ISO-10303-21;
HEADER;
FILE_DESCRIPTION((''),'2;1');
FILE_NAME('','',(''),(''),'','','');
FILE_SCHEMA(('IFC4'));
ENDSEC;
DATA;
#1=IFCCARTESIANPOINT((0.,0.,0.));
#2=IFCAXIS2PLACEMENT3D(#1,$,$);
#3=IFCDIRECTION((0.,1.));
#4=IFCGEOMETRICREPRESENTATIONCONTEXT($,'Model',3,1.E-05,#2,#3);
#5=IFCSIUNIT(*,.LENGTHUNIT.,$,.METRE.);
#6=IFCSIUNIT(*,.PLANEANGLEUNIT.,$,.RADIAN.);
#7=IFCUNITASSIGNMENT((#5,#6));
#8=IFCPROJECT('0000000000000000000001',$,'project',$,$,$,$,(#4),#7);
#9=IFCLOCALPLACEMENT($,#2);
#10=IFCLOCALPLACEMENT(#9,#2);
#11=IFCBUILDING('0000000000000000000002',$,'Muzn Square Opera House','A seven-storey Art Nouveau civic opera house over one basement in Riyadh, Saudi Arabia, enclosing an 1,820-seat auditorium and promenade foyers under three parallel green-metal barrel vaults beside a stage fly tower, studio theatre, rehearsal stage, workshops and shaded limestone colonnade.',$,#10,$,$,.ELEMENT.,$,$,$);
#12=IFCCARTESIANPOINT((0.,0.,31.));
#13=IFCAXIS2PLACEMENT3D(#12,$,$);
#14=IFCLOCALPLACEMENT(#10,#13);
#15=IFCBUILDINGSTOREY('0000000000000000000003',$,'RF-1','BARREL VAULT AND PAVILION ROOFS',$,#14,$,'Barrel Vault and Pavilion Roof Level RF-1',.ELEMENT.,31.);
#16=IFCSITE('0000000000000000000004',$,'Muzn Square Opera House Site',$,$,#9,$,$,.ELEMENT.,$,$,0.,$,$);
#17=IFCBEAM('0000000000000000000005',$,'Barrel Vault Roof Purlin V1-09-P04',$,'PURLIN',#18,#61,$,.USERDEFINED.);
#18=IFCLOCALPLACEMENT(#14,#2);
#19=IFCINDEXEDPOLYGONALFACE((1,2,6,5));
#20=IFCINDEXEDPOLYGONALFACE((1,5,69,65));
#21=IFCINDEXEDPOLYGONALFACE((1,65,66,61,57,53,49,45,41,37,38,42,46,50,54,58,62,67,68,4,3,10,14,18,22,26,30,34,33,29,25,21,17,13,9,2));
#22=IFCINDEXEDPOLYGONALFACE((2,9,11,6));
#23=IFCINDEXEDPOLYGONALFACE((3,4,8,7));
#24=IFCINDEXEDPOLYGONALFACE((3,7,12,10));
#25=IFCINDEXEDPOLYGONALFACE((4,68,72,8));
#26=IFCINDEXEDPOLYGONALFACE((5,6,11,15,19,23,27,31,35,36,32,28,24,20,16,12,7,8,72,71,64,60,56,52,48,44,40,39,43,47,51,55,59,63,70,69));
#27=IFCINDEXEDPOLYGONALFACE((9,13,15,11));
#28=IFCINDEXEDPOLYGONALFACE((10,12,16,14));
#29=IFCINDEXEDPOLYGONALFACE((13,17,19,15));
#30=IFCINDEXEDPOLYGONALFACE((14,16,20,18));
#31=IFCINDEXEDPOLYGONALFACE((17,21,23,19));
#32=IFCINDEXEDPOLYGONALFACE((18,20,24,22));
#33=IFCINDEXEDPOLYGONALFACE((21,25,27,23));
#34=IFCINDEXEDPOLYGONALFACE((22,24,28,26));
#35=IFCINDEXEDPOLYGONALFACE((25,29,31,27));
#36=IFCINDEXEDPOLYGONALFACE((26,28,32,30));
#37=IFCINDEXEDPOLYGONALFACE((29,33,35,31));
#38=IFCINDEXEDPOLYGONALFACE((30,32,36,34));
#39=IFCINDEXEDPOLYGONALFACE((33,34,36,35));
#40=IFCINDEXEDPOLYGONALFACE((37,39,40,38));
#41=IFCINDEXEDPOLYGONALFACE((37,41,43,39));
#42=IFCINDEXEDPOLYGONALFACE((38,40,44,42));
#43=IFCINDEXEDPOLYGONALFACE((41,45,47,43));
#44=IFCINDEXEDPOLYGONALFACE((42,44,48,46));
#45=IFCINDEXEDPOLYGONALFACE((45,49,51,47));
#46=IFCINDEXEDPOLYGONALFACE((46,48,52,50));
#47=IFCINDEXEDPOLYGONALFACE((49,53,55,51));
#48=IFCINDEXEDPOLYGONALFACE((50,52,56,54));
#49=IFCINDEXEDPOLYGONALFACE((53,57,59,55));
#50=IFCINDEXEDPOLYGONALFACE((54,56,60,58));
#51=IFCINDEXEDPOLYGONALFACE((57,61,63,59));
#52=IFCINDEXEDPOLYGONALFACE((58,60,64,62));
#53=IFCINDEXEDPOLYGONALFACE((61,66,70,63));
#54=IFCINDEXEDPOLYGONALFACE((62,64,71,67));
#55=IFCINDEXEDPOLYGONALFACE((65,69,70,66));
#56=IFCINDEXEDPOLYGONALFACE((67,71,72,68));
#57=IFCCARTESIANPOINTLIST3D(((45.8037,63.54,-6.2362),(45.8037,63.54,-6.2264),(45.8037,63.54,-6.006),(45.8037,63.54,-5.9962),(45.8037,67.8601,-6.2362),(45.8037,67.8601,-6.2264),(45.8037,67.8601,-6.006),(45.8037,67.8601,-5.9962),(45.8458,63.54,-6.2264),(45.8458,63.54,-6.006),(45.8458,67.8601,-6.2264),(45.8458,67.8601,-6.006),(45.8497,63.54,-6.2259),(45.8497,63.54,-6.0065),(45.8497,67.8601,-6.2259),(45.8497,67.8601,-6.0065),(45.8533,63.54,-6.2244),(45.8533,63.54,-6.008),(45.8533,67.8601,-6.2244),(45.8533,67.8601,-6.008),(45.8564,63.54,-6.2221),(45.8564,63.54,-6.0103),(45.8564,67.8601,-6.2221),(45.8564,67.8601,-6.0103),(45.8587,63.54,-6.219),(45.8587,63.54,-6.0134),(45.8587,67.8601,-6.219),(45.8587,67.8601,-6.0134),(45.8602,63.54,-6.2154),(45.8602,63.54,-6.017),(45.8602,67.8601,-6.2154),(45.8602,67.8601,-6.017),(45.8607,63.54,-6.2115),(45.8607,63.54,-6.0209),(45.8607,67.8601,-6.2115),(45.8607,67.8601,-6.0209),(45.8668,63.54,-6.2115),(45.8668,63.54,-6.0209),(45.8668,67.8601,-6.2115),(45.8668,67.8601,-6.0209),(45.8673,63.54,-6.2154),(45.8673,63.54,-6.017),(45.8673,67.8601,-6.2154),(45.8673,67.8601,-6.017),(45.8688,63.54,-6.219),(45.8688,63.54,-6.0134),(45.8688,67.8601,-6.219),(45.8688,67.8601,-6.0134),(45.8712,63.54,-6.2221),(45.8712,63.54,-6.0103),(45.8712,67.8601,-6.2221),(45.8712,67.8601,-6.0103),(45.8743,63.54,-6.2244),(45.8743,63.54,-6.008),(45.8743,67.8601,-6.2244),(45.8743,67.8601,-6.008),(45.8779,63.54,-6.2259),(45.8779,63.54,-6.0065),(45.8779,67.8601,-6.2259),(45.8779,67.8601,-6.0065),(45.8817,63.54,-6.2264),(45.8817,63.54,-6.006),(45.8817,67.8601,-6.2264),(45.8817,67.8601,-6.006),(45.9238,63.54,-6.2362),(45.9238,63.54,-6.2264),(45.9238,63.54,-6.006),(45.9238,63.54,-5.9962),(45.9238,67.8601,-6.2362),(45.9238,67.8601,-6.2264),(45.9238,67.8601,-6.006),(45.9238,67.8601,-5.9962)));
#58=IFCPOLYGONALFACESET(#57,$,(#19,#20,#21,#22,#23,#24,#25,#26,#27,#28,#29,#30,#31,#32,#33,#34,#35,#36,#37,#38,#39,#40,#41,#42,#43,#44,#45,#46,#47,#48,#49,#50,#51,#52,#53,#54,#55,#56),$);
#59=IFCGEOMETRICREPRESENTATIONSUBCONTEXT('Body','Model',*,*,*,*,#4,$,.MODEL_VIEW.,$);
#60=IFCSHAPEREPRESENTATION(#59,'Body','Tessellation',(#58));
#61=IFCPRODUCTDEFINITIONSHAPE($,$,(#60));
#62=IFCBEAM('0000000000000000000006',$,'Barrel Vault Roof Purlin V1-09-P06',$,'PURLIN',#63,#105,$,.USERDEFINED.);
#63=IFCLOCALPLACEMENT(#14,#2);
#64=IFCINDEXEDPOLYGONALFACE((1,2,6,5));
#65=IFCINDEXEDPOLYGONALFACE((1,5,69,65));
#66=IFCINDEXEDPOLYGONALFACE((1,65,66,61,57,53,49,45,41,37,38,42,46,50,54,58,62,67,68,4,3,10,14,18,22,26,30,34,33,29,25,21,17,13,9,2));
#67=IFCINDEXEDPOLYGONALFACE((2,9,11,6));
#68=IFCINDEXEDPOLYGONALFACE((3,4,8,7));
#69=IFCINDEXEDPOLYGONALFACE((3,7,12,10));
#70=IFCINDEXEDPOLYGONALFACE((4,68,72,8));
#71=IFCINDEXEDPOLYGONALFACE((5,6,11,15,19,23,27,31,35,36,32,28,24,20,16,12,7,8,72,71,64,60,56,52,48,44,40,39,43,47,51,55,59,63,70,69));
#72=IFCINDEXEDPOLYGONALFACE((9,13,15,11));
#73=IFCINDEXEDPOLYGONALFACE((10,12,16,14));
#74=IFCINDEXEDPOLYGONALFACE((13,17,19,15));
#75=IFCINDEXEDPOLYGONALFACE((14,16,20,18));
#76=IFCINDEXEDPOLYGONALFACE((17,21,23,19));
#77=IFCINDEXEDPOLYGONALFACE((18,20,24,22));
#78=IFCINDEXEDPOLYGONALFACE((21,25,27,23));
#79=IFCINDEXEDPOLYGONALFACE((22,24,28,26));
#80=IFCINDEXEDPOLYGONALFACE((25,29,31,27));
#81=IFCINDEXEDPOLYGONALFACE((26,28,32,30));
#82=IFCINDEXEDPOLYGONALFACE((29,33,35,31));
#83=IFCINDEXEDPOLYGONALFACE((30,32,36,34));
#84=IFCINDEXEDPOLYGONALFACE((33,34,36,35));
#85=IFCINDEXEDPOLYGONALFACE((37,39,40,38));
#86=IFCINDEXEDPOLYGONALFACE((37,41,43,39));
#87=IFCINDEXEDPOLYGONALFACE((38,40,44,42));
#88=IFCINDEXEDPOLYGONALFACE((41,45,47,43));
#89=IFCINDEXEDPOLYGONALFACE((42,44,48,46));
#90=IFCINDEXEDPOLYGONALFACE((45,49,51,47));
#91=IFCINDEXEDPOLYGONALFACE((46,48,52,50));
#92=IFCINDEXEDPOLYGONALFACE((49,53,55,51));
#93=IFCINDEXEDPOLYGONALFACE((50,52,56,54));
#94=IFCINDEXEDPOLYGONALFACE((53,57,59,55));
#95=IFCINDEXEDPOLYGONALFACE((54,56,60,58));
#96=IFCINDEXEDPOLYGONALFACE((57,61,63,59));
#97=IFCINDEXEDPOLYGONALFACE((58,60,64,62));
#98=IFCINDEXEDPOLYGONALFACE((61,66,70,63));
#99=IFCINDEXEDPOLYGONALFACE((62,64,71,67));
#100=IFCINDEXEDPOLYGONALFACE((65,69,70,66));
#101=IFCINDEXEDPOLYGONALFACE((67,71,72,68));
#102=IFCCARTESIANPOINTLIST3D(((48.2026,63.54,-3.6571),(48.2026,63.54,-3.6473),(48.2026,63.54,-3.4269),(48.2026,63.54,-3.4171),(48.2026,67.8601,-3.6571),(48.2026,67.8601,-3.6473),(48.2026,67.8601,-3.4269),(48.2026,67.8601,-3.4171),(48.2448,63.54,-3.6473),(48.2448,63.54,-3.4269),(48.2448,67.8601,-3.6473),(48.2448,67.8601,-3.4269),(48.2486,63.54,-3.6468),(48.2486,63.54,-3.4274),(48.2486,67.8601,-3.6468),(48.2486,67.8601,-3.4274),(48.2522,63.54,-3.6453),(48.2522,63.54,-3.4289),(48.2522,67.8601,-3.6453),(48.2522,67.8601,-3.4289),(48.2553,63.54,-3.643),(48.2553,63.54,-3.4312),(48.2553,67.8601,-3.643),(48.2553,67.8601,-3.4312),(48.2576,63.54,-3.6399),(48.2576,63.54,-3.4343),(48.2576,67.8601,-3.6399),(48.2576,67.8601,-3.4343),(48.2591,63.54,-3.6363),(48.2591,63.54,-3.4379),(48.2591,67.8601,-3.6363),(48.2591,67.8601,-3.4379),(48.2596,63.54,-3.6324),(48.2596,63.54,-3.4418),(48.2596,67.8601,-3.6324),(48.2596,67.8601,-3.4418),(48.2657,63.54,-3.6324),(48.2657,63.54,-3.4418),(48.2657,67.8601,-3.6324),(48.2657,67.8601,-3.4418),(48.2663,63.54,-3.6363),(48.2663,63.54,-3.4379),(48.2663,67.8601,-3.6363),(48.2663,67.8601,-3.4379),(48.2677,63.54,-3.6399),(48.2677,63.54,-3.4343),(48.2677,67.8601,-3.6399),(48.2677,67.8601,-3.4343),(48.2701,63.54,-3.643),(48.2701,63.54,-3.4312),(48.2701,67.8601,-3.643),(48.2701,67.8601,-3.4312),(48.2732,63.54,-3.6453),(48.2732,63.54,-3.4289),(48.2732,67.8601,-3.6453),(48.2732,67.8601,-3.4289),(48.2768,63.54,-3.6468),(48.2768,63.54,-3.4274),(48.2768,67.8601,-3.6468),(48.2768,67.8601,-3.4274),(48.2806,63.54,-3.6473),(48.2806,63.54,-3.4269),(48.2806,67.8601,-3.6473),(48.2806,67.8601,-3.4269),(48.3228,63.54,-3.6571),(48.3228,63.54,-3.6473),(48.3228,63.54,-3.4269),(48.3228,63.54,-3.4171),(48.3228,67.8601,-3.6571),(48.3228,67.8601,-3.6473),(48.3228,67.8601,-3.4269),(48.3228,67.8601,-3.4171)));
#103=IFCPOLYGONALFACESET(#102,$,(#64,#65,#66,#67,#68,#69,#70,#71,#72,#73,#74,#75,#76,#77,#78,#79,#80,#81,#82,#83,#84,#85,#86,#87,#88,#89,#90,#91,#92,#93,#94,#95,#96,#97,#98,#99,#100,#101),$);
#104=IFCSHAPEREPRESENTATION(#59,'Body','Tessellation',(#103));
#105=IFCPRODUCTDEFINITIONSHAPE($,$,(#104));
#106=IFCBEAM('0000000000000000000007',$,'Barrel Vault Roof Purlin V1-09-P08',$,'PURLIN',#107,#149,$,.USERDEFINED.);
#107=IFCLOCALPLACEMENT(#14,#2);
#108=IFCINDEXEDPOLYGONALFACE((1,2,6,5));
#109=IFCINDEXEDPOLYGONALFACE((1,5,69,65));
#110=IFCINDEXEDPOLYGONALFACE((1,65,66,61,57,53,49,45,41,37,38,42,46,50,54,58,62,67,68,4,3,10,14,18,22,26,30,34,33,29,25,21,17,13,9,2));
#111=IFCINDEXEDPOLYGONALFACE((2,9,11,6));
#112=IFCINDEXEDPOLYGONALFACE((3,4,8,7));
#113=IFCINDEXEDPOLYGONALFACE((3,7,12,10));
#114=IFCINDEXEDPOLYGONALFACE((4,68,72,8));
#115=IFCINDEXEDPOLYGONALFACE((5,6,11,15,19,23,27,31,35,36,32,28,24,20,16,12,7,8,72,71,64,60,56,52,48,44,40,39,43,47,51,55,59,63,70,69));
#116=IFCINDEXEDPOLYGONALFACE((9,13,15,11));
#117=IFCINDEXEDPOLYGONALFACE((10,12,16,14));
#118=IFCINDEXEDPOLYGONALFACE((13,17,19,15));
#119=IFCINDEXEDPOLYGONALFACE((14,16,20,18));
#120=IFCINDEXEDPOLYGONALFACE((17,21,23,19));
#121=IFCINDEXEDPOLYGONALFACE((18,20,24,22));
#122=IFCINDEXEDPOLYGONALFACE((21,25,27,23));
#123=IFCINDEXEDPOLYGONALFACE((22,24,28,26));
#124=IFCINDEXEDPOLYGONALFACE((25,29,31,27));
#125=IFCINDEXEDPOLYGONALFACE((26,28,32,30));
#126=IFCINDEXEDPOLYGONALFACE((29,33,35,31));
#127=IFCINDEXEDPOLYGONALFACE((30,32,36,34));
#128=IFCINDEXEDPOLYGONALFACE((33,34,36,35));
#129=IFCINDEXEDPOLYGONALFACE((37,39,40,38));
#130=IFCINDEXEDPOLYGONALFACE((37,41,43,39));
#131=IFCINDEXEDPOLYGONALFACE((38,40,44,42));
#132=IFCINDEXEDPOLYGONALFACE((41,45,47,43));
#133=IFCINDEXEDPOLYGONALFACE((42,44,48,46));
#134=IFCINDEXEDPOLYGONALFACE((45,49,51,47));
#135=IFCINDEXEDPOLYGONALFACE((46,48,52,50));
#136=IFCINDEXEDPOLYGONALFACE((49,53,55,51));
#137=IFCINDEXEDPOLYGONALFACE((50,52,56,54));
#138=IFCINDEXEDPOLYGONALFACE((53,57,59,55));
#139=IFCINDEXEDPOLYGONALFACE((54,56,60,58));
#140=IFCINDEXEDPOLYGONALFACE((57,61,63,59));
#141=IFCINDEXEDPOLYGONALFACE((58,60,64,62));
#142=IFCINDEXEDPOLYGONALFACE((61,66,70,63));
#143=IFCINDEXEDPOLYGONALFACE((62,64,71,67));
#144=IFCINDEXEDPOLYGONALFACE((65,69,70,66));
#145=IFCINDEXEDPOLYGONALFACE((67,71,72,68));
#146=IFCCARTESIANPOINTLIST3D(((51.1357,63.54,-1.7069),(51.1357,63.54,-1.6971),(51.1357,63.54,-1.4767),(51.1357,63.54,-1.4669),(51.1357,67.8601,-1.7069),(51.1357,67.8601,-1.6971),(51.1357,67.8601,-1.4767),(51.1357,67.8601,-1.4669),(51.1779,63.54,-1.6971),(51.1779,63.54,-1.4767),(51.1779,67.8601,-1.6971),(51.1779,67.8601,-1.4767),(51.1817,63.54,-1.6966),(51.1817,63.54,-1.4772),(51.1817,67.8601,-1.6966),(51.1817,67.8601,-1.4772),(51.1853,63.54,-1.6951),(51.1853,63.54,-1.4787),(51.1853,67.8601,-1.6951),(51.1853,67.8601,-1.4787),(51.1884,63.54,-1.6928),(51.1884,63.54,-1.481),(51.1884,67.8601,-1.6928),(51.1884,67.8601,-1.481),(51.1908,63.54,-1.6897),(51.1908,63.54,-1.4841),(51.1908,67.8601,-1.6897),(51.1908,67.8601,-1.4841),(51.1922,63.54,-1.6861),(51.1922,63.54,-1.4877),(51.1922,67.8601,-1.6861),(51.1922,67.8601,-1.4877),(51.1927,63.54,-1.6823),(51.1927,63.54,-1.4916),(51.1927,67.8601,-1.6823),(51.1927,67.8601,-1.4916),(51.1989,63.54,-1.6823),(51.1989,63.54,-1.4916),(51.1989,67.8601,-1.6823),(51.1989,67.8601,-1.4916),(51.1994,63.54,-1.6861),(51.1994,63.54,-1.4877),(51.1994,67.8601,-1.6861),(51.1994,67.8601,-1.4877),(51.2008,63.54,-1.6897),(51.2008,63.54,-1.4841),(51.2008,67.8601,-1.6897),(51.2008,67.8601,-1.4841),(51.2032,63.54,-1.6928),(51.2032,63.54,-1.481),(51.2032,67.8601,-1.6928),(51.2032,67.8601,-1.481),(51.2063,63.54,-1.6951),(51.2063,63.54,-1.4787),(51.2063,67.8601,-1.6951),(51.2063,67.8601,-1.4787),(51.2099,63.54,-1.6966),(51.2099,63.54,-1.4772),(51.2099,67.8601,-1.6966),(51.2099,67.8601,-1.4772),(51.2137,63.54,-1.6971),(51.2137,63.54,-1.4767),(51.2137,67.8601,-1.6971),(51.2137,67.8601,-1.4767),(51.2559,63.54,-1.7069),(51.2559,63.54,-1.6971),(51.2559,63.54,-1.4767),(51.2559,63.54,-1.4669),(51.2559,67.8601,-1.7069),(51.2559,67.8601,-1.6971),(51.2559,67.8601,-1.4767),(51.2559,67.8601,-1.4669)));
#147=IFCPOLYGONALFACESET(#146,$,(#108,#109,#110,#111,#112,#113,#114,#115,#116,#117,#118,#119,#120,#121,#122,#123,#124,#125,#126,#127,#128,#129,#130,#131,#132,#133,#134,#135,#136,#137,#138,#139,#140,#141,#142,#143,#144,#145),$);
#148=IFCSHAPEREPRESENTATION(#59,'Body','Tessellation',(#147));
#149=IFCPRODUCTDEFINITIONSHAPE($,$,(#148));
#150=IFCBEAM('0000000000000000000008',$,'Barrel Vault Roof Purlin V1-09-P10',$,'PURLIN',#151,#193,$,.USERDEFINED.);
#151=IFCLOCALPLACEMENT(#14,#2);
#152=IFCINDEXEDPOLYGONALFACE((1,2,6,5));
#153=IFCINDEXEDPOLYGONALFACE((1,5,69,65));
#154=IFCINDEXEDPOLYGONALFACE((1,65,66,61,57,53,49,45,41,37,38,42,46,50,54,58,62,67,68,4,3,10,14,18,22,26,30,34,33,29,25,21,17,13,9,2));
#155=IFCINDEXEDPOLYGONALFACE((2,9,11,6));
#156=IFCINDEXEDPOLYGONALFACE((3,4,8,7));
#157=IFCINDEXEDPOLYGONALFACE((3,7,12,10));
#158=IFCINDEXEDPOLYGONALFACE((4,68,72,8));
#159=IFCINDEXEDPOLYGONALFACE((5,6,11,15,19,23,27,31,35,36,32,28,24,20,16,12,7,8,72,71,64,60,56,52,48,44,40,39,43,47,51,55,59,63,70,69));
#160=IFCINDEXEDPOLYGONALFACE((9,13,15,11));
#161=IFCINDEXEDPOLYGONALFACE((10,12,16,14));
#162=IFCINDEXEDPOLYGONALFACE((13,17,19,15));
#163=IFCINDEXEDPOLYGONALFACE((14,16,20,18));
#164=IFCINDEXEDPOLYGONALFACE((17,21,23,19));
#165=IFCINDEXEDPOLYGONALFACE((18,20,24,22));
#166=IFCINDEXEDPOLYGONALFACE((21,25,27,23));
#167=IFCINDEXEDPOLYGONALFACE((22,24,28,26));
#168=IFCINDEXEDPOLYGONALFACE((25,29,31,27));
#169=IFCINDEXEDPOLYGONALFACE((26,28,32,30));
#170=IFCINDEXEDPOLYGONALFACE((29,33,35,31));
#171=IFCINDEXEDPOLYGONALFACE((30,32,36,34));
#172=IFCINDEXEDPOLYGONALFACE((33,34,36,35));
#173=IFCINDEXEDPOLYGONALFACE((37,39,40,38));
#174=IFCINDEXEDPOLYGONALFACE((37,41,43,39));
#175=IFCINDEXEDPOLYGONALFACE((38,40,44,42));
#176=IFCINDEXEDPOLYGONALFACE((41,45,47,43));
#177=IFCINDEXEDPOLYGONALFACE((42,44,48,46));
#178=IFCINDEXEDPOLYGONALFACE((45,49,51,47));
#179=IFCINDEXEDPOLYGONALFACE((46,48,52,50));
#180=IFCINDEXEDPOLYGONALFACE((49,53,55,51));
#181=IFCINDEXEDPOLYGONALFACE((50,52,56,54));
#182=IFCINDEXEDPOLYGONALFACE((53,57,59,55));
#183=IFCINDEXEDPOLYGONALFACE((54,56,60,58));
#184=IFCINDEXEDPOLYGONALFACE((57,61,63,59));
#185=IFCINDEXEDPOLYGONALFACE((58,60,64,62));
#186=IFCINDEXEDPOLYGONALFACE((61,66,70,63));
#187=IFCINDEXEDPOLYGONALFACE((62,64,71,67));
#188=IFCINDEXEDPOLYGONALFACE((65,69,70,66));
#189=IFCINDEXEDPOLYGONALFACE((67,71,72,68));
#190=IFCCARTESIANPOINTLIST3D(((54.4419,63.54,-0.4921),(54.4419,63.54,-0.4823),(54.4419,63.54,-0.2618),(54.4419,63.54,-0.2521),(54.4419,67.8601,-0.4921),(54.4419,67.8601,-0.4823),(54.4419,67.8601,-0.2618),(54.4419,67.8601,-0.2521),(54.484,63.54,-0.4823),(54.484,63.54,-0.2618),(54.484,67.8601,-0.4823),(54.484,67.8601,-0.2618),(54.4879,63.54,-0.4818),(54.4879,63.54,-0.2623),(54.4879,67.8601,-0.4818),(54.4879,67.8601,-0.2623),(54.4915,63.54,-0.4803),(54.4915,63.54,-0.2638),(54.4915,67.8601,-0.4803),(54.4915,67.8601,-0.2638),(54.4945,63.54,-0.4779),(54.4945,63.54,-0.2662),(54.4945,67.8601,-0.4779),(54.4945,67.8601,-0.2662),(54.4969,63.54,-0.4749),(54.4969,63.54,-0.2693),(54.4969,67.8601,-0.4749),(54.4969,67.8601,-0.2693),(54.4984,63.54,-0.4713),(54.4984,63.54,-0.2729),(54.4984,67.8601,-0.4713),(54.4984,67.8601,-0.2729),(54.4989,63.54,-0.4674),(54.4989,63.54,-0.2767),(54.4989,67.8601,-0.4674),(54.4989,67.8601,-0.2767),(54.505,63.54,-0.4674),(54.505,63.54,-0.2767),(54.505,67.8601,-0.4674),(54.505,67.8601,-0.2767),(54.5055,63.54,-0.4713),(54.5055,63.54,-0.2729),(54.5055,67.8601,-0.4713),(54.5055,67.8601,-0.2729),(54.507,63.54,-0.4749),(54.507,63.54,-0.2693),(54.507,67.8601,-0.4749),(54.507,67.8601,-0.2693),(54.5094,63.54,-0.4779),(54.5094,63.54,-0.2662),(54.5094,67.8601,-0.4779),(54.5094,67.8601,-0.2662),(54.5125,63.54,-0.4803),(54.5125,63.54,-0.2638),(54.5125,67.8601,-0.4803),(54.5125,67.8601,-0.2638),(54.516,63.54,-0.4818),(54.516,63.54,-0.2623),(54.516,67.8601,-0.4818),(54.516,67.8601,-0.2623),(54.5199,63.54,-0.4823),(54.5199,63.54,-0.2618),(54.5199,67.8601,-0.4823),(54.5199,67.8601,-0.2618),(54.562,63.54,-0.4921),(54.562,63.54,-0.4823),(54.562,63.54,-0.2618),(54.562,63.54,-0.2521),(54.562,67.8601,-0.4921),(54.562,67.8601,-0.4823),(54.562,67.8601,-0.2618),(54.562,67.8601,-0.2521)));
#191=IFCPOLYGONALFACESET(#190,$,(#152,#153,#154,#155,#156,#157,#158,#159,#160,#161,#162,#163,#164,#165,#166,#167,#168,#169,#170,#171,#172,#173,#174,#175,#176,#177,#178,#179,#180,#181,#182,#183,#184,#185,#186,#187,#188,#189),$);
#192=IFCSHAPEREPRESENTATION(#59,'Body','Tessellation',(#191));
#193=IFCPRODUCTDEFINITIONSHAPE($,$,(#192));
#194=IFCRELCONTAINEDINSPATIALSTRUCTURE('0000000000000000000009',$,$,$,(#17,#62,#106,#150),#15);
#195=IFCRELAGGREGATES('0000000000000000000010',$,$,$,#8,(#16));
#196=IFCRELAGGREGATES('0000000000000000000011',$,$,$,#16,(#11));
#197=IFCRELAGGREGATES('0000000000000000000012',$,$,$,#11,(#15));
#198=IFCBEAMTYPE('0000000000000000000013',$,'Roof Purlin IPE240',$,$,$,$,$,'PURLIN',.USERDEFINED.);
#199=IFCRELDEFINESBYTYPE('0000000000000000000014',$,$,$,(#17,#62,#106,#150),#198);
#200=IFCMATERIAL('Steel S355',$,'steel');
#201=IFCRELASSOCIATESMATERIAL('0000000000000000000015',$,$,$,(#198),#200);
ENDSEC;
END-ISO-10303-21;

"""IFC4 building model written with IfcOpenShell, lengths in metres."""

from ifc_helpers import new_model, si_unit, direction, frame, origin, origin_2d, place, context, subcontext, project, spatial, i_section, extrude, material, material_profile, profile_set, type_object, element, save


model = new_model("IFC4")

# Units and contexts
model_context = context("Model", 3, precision=1e-05, world=origin(), true_north=direction((0.0, 1.0)))
body_context = subcontext(model_context, "Body", "Model", "MODEL_VIEW")
ifc_project = project(units=[si_unit("LENGTHUNIT", "METRE"), si_unit("PLANEANGLEUNIT", "RADIAN")], contexts=[model_context])

# Site, building, storey
site_placement = place(None, origin())
site = spatial("IfcSite", under=ifc_project, at=site_placement, Name="Muzn Square Opera House Site", CompositionType="ELEMENT", RefElevation=0.0)
building_placement = place(site_placement, origin())
building = spatial("IfcBuilding", under=site, at=building_placement, Name="Muzn Square Opera House", Description="A seven-storey Art Nouveau civic opera house over one basement in Riyadh, Saudi Arabia, enclosing an 1,820-seat auditorium and promenade foyers under three parallel green-metal barrel vaults beside a stage fly tower, studio theatre, rehearsal stage, workshops and shaded limestone colonnade.", CompositionType="ELEMENT")
storey_placement = place(building_placement, frame((0.0, 0.0, 31.0)))
storey = spatial("IfcBuildingStorey", under=building, at=storey_placement, Name="RF-1", Description="BARREL VAULT AND PAVILION ROOFS", LongName="Barrel Vault and Pavilion Roof Level RF-1", CompositionType="ELEMENT", Elevation=31.0)

# Beams
ifc_material_1 = material(Name="Steel S355", Category="steel")
ifc_material_profile_1 = material_profile(ifc_material_1, i_section(OverallWidth=0.1201, OverallDepth=0.24, WebThickness=0.0061, FlangeThickness=0.0098, FilletRadius=0.0149, at=origin_2d()), Name="IPE 240", Category="steel")
ifc_profile_set_1 = profile_set([ifc_material_profile_1], Name="Steel S355")
beam_type_1 = type_object("IfcBeamType", Name="Roof Purlin IPE240", ElementType="PURLIN", PredefinedType="USERDEFINED", material=ifc_profile_set_1)
for number, where, z_axis, x_axis, name in (
    (1, (45.8638, 63.54, -6.1162), (0.0, 1.0, 0.0), (-1.0, 0.0, 0.0), "Barrel Vault Roof Purlin V1-09-P04"),
    (2, (48.2627, 63.54, -3.5371), (0.0, 1.0, 0.0), (-1.0, 0.0, 0.0), "Barrel Vault Roof Purlin V1-09-P06"),
    (3, (51.1958, 63.54, -1.5869), (0.0, 1.0, 0.0), (-1.0, 0.0, 0.0), "Barrel Vault Roof Purlin V1-09-P08"),
    (4, (54.502, 63.54, -0.3721), (0.0, 1.0, 0.0), (-1.0, 0.0, 0.0), "Barrel Vault Roof Purlin V1-09-P10"),
):
    element("IfcBeam", number, at=place(storey_placement, frame(where, z_axis=z_axis, x_axis=x_axis)), inside=storey, type_object=beam_type_1, Name=name, ObjectType="PURLIN", PredefinedType="USERDEFINED", context=body_context, shape_type="SweptSolid", body=[
        extrude(i_section(OverallWidth=0.1201, OverallDepth=0.24, WebThickness=0.0061, FlangeThickness=0.0098, FilletRadius=0.0149, at=origin_2d()), origin(), (0.0, 0.0, 1.0), 4.3201),
    ])

save(model, "model.ifc")
